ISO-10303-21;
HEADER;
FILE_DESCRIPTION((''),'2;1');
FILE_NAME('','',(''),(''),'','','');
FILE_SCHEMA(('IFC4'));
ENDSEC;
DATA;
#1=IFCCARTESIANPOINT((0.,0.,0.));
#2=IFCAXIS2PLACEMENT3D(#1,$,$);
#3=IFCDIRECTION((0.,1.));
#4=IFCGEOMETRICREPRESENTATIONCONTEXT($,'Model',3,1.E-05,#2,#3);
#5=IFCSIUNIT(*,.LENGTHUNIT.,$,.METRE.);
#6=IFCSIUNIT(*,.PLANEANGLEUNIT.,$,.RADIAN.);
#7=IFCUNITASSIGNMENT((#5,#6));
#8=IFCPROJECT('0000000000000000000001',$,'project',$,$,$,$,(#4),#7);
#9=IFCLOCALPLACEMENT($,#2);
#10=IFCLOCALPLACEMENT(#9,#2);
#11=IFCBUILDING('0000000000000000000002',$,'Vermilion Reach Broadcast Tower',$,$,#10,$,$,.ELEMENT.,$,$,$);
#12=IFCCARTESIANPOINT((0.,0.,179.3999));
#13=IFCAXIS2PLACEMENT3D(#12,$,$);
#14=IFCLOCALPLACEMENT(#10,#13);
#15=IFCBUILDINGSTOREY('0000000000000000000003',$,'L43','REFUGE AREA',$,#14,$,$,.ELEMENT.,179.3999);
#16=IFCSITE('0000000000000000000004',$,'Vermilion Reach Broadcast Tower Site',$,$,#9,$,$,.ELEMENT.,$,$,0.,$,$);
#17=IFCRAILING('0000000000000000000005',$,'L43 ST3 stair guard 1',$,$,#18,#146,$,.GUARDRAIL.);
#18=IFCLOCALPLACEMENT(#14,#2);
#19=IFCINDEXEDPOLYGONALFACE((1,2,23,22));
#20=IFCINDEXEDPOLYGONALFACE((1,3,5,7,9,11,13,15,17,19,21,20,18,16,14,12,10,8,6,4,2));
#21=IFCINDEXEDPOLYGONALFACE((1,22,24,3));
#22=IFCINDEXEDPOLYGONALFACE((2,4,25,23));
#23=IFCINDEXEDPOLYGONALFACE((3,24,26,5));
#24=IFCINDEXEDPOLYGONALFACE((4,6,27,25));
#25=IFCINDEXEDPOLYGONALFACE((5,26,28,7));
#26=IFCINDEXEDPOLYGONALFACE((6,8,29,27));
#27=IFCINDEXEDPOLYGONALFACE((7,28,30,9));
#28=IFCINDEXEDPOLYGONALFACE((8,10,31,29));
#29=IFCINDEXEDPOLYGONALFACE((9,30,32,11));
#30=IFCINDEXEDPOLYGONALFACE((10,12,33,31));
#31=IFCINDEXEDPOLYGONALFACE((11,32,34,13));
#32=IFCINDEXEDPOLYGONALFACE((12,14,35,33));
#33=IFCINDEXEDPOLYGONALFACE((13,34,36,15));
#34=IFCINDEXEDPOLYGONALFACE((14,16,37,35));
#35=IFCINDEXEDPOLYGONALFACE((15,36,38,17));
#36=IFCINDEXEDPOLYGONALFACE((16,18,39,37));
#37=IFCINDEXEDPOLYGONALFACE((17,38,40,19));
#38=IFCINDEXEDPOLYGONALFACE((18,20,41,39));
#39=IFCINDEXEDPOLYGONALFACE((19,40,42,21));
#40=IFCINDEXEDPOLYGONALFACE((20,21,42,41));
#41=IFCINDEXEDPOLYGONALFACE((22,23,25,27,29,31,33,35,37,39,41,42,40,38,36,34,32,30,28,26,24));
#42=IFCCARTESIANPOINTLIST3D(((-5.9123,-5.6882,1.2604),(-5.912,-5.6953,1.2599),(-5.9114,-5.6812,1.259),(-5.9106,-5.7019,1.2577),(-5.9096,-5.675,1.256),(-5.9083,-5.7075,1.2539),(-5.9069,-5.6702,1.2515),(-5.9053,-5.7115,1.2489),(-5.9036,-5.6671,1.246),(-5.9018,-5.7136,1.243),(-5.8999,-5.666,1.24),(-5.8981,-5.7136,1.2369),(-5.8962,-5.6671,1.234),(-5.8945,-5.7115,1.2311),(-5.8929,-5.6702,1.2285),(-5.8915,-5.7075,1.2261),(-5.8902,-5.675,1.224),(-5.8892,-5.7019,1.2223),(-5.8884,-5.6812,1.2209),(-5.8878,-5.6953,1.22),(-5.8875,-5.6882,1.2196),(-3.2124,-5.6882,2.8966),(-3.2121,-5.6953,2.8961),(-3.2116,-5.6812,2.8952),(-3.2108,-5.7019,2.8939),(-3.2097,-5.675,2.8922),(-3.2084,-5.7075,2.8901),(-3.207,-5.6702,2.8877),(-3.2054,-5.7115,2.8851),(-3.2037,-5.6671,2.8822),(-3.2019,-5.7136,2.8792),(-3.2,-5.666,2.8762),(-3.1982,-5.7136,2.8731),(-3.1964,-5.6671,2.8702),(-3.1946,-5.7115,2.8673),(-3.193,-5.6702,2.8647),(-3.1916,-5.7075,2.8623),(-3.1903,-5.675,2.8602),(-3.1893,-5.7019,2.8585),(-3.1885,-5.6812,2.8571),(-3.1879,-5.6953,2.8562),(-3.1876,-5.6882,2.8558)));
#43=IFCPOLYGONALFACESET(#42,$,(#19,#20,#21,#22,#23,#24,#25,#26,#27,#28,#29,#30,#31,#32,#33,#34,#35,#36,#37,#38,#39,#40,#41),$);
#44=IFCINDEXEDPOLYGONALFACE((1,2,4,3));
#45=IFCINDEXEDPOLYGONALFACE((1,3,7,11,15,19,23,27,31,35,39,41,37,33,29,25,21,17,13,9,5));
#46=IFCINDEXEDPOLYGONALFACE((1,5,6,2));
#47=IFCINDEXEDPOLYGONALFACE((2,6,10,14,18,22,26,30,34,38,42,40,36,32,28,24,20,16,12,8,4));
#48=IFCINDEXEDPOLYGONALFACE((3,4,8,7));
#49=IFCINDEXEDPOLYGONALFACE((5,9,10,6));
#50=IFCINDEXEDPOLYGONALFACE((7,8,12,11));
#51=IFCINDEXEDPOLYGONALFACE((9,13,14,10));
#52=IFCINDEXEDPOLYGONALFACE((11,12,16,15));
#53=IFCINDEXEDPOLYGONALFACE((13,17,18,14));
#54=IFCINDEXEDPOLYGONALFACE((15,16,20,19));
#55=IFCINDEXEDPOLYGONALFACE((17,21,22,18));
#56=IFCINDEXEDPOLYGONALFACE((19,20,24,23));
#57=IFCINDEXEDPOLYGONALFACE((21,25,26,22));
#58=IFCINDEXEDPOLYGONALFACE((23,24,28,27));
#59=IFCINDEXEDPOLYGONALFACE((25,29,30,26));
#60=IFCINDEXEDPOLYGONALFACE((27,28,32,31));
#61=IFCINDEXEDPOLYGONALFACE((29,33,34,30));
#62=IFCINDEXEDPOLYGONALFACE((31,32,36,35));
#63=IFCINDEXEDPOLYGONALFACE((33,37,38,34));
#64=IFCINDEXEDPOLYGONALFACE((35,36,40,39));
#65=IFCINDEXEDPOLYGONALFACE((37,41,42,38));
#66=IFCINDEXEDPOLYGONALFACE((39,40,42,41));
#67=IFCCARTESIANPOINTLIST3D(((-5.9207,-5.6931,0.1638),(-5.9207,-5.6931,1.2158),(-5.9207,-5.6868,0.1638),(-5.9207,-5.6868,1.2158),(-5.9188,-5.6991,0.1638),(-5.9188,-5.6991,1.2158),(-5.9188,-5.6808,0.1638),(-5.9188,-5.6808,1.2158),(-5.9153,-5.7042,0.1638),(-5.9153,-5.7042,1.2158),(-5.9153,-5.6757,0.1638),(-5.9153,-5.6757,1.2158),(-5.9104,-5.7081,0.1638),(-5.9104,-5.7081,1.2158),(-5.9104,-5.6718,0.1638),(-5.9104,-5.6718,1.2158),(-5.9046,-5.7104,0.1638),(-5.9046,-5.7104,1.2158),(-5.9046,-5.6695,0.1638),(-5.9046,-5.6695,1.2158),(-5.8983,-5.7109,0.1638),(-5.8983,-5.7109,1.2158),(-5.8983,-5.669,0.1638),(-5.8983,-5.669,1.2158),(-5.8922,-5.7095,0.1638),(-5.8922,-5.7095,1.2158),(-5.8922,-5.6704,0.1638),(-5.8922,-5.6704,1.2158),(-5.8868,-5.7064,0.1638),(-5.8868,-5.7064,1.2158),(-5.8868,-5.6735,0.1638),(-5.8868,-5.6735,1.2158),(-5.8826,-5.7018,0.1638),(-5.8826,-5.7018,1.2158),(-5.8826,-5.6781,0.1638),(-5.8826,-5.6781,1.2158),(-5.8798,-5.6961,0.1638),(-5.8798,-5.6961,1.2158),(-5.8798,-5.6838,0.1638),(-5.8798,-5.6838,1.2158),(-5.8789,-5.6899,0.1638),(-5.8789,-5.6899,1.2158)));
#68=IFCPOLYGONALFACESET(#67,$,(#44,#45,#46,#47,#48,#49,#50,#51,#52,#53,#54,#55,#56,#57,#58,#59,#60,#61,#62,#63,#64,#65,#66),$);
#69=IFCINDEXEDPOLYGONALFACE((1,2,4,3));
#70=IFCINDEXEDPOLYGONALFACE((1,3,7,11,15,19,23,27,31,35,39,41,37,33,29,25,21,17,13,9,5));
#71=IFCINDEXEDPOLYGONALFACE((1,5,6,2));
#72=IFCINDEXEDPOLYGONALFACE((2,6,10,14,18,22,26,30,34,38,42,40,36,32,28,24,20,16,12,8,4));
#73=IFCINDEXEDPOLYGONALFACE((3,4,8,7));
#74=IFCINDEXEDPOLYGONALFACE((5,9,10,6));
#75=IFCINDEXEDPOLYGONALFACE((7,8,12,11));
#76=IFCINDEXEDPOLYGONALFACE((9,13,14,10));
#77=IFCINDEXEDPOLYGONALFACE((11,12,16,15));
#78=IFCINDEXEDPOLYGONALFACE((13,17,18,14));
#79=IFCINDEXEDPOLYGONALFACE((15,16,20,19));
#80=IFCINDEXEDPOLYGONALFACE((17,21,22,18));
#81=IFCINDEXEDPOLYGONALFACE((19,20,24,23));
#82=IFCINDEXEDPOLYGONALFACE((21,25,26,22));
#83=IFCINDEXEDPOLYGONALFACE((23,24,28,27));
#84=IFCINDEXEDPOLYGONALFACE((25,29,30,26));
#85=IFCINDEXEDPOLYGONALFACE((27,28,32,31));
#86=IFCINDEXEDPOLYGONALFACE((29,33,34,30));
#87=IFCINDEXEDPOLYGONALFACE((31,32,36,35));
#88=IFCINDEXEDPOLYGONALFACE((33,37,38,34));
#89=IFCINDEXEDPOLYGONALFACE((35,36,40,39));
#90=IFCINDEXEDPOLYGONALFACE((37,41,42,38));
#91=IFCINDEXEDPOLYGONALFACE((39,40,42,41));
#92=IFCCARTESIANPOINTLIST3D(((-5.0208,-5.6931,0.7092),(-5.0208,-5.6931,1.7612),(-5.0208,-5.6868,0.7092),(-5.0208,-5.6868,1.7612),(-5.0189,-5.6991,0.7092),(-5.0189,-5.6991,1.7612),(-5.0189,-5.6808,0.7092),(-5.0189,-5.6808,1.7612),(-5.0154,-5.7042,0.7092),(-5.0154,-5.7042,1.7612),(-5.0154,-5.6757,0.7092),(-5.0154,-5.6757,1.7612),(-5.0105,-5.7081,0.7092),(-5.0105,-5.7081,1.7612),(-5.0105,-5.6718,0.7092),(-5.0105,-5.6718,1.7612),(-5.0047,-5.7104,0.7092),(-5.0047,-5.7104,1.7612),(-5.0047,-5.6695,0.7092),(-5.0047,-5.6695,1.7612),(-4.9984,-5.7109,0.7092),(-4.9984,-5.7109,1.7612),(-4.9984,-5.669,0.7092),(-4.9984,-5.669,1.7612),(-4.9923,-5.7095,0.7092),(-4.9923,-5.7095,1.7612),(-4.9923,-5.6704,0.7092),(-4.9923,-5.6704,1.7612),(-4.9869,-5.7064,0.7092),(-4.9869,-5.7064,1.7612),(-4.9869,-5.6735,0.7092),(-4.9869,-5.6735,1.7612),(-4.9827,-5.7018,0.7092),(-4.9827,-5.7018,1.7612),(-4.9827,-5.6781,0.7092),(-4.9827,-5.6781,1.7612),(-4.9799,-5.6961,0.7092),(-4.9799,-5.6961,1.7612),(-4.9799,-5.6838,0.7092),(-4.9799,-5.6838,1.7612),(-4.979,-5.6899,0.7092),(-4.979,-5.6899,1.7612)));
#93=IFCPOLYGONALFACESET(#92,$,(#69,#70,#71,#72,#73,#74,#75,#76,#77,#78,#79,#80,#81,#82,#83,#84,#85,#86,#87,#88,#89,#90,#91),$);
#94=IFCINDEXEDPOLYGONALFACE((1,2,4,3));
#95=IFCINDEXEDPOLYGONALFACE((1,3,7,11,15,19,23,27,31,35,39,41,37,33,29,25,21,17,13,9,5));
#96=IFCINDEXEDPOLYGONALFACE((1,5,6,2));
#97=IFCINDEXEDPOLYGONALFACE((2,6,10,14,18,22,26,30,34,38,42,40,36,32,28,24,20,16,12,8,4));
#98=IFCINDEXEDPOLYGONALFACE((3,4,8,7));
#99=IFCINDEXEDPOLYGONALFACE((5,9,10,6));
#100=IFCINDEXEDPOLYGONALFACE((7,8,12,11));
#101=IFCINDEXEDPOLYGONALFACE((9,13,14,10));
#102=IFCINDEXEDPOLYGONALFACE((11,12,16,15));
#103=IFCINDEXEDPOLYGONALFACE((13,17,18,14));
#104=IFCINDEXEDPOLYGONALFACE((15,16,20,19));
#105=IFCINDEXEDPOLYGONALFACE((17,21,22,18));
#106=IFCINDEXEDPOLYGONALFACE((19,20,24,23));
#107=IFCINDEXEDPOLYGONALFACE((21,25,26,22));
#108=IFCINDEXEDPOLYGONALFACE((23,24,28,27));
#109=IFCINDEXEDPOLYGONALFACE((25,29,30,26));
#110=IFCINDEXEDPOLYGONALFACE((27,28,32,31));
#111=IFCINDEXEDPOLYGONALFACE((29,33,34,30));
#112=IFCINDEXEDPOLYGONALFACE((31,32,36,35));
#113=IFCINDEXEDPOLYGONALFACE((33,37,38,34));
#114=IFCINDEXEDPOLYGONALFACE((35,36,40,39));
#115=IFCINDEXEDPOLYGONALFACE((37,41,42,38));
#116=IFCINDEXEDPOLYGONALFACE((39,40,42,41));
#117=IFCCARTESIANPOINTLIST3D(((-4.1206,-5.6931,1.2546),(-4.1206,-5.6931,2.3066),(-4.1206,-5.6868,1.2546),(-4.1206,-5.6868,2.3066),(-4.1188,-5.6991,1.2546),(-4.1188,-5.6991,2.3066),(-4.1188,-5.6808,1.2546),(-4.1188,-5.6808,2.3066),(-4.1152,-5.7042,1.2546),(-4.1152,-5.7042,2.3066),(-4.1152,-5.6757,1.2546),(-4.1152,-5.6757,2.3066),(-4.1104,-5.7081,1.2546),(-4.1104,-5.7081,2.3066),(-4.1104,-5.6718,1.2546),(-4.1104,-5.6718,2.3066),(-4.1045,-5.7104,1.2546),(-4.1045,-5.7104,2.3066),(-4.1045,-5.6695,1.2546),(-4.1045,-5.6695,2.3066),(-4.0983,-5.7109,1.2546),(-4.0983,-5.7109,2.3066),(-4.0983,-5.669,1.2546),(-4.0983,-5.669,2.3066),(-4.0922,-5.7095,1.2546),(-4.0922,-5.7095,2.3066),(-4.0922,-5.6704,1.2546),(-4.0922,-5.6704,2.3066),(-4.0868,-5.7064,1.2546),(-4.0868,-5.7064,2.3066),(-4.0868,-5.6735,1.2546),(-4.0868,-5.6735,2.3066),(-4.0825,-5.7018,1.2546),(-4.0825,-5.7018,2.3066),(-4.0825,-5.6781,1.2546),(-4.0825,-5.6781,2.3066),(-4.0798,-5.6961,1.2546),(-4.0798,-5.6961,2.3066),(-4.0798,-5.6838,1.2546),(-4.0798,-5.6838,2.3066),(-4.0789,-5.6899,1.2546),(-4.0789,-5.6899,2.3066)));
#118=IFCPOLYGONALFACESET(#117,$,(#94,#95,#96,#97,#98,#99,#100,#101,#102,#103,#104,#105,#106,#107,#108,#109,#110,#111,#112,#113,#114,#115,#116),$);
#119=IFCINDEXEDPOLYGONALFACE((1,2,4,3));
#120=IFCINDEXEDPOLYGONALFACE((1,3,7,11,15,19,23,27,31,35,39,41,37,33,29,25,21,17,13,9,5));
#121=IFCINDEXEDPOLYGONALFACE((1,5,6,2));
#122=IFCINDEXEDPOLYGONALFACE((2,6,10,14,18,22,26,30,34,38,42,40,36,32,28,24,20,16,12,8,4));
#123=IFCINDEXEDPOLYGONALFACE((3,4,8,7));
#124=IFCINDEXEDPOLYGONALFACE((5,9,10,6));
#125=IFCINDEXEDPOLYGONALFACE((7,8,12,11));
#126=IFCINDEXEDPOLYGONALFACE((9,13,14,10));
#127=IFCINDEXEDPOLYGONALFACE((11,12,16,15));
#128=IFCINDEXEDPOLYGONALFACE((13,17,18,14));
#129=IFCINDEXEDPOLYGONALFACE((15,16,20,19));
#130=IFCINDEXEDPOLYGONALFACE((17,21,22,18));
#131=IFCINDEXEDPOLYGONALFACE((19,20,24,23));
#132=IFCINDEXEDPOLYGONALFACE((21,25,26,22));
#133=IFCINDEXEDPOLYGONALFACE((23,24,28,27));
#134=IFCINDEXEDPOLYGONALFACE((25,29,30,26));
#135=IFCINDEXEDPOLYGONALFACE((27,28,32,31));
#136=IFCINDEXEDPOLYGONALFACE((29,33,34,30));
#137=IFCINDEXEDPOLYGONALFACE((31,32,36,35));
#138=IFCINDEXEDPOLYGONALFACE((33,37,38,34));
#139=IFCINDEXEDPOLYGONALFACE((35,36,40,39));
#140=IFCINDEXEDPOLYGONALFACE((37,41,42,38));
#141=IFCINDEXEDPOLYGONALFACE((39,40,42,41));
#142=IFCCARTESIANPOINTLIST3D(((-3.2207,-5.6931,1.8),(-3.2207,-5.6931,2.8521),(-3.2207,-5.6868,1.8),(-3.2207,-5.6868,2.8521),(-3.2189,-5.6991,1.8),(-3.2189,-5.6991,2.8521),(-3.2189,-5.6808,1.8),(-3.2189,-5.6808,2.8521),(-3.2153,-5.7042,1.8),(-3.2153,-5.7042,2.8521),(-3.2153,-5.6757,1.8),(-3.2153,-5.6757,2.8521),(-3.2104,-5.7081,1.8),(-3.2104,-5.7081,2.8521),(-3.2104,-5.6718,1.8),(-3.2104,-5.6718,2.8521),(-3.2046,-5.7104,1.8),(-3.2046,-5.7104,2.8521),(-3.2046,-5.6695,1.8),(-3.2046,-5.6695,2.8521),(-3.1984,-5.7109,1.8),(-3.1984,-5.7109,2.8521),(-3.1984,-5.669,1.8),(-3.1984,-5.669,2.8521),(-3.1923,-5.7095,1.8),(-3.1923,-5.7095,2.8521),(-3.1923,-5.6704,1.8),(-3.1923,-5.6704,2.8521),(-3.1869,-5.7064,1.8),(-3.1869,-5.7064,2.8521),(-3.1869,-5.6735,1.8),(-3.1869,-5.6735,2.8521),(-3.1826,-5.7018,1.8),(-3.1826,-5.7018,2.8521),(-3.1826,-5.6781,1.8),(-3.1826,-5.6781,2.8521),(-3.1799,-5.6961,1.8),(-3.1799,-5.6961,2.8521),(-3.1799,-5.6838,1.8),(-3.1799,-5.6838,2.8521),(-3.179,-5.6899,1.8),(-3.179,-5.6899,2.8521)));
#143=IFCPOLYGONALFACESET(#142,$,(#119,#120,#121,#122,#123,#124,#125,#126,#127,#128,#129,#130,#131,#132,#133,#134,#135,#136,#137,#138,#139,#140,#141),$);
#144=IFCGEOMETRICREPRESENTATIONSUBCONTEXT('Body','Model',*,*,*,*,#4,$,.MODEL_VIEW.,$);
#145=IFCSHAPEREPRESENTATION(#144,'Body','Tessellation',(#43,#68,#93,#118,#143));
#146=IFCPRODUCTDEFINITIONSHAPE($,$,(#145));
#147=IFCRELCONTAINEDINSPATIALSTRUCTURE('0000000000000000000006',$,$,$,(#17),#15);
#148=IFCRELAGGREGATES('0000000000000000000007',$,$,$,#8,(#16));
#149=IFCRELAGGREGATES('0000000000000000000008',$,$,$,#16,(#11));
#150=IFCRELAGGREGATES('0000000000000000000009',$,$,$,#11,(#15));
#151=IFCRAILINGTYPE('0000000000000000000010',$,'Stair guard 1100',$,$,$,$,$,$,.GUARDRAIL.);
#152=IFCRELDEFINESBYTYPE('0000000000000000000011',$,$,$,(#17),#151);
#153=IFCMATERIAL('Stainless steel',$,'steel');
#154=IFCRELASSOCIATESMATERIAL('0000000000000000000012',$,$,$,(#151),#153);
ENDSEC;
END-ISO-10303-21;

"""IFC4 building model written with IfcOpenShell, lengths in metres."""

from ifc_helpers import new_model, si_unit, direction, frame, origin, origin_2d, place, context, subcontext, project, spatial, circle, extrude, material, type_object, element, save


model = new_model("IFC4")

# Units and contexts
model_context = context("Model", 3, precision=1e-05, world=origin(), true_north=direction((0.0, 1.0)))
body_context = subcontext(model_context, "Body", "Model", "MODEL_VIEW")
ifc_project = project(units=[si_unit("LENGTHUNIT", "METRE"), si_unit("PLANEANGLEUNIT", "RADIAN")], contexts=[model_context])

# Site, building, storey
site_placement = place(None, origin())
site = spatial("IfcSite", under=ifc_project, at=site_placement, Name="Vermilion Reach Broadcast Tower Site", CompositionType="ELEMENT", RefElevation=0.0)
building_placement = place(site_placement, origin())
building = spatial("IfcBuilding", under=site, at=building_placement, Name="Vermilion Reach Broadcast Tower", CompositionType="ELEMENT")
storey_placement = place(building_placement, frame((0.0, 0.0, 179.3999)))
storey = spatial("IfcBuildingStorey", under=building, at=storey_placement, Name="L43", Description="REFUGE AREA", CompositionType="ELEMENT", Elevation=179.3999)

# Railing
ifc_material_1 = material(Name="Stainless steel", Category="steel")
railing_type_1 = type_object("IfcRailingType", Name="Stair guard 1100", PredefinedType="GUARDRAIL", material=ifc_material_1)
railing_1_placement = place(storey_placement, frame((-5.8999, -5.6899, 0.1638)))
element("IfcRailing", 1, at=railing_1_placement, inside=storey, type_object=railing_type_1, Name="L43 ST3 stair guard 1", PredefinedType="GUARDRAIL", context=body_context, shape_type="SweptSolid", body=[
    extrude(circle(Radius=0.0239, at=origin_2d()), frame((0.0, 0.0, 1.0762), z_axis=(0.855212, 0.0, 0.518278), x_axis=(0.0, 1.0, 0.0)), (0.0, 0.0, 1.0), 3.157),
    extrude(circle(Radius=0.021, at=origin_2d()), origin(), (0.0, 0.0, 1.0), 1.052),
    extrude(circle(Radius=0.021, at=origin_2d()), frame((0.8999, 0.0, 0.5454)), (0.0, 0.0, 1.0), 1.052),
    extrude(circle(Radius=0.021, at=origin_2d()), frame((1.8, 0.0, 1.0908)), (0.0, 0.0, 1.0), 1.052),
    extrude(circle(Radius=0.021, at=origin_2d()), frame((2.7, 0.0, 1.6362)), (0.0, 0.0, 1.0), 1.052),
])

save(model, "model.ifc")
